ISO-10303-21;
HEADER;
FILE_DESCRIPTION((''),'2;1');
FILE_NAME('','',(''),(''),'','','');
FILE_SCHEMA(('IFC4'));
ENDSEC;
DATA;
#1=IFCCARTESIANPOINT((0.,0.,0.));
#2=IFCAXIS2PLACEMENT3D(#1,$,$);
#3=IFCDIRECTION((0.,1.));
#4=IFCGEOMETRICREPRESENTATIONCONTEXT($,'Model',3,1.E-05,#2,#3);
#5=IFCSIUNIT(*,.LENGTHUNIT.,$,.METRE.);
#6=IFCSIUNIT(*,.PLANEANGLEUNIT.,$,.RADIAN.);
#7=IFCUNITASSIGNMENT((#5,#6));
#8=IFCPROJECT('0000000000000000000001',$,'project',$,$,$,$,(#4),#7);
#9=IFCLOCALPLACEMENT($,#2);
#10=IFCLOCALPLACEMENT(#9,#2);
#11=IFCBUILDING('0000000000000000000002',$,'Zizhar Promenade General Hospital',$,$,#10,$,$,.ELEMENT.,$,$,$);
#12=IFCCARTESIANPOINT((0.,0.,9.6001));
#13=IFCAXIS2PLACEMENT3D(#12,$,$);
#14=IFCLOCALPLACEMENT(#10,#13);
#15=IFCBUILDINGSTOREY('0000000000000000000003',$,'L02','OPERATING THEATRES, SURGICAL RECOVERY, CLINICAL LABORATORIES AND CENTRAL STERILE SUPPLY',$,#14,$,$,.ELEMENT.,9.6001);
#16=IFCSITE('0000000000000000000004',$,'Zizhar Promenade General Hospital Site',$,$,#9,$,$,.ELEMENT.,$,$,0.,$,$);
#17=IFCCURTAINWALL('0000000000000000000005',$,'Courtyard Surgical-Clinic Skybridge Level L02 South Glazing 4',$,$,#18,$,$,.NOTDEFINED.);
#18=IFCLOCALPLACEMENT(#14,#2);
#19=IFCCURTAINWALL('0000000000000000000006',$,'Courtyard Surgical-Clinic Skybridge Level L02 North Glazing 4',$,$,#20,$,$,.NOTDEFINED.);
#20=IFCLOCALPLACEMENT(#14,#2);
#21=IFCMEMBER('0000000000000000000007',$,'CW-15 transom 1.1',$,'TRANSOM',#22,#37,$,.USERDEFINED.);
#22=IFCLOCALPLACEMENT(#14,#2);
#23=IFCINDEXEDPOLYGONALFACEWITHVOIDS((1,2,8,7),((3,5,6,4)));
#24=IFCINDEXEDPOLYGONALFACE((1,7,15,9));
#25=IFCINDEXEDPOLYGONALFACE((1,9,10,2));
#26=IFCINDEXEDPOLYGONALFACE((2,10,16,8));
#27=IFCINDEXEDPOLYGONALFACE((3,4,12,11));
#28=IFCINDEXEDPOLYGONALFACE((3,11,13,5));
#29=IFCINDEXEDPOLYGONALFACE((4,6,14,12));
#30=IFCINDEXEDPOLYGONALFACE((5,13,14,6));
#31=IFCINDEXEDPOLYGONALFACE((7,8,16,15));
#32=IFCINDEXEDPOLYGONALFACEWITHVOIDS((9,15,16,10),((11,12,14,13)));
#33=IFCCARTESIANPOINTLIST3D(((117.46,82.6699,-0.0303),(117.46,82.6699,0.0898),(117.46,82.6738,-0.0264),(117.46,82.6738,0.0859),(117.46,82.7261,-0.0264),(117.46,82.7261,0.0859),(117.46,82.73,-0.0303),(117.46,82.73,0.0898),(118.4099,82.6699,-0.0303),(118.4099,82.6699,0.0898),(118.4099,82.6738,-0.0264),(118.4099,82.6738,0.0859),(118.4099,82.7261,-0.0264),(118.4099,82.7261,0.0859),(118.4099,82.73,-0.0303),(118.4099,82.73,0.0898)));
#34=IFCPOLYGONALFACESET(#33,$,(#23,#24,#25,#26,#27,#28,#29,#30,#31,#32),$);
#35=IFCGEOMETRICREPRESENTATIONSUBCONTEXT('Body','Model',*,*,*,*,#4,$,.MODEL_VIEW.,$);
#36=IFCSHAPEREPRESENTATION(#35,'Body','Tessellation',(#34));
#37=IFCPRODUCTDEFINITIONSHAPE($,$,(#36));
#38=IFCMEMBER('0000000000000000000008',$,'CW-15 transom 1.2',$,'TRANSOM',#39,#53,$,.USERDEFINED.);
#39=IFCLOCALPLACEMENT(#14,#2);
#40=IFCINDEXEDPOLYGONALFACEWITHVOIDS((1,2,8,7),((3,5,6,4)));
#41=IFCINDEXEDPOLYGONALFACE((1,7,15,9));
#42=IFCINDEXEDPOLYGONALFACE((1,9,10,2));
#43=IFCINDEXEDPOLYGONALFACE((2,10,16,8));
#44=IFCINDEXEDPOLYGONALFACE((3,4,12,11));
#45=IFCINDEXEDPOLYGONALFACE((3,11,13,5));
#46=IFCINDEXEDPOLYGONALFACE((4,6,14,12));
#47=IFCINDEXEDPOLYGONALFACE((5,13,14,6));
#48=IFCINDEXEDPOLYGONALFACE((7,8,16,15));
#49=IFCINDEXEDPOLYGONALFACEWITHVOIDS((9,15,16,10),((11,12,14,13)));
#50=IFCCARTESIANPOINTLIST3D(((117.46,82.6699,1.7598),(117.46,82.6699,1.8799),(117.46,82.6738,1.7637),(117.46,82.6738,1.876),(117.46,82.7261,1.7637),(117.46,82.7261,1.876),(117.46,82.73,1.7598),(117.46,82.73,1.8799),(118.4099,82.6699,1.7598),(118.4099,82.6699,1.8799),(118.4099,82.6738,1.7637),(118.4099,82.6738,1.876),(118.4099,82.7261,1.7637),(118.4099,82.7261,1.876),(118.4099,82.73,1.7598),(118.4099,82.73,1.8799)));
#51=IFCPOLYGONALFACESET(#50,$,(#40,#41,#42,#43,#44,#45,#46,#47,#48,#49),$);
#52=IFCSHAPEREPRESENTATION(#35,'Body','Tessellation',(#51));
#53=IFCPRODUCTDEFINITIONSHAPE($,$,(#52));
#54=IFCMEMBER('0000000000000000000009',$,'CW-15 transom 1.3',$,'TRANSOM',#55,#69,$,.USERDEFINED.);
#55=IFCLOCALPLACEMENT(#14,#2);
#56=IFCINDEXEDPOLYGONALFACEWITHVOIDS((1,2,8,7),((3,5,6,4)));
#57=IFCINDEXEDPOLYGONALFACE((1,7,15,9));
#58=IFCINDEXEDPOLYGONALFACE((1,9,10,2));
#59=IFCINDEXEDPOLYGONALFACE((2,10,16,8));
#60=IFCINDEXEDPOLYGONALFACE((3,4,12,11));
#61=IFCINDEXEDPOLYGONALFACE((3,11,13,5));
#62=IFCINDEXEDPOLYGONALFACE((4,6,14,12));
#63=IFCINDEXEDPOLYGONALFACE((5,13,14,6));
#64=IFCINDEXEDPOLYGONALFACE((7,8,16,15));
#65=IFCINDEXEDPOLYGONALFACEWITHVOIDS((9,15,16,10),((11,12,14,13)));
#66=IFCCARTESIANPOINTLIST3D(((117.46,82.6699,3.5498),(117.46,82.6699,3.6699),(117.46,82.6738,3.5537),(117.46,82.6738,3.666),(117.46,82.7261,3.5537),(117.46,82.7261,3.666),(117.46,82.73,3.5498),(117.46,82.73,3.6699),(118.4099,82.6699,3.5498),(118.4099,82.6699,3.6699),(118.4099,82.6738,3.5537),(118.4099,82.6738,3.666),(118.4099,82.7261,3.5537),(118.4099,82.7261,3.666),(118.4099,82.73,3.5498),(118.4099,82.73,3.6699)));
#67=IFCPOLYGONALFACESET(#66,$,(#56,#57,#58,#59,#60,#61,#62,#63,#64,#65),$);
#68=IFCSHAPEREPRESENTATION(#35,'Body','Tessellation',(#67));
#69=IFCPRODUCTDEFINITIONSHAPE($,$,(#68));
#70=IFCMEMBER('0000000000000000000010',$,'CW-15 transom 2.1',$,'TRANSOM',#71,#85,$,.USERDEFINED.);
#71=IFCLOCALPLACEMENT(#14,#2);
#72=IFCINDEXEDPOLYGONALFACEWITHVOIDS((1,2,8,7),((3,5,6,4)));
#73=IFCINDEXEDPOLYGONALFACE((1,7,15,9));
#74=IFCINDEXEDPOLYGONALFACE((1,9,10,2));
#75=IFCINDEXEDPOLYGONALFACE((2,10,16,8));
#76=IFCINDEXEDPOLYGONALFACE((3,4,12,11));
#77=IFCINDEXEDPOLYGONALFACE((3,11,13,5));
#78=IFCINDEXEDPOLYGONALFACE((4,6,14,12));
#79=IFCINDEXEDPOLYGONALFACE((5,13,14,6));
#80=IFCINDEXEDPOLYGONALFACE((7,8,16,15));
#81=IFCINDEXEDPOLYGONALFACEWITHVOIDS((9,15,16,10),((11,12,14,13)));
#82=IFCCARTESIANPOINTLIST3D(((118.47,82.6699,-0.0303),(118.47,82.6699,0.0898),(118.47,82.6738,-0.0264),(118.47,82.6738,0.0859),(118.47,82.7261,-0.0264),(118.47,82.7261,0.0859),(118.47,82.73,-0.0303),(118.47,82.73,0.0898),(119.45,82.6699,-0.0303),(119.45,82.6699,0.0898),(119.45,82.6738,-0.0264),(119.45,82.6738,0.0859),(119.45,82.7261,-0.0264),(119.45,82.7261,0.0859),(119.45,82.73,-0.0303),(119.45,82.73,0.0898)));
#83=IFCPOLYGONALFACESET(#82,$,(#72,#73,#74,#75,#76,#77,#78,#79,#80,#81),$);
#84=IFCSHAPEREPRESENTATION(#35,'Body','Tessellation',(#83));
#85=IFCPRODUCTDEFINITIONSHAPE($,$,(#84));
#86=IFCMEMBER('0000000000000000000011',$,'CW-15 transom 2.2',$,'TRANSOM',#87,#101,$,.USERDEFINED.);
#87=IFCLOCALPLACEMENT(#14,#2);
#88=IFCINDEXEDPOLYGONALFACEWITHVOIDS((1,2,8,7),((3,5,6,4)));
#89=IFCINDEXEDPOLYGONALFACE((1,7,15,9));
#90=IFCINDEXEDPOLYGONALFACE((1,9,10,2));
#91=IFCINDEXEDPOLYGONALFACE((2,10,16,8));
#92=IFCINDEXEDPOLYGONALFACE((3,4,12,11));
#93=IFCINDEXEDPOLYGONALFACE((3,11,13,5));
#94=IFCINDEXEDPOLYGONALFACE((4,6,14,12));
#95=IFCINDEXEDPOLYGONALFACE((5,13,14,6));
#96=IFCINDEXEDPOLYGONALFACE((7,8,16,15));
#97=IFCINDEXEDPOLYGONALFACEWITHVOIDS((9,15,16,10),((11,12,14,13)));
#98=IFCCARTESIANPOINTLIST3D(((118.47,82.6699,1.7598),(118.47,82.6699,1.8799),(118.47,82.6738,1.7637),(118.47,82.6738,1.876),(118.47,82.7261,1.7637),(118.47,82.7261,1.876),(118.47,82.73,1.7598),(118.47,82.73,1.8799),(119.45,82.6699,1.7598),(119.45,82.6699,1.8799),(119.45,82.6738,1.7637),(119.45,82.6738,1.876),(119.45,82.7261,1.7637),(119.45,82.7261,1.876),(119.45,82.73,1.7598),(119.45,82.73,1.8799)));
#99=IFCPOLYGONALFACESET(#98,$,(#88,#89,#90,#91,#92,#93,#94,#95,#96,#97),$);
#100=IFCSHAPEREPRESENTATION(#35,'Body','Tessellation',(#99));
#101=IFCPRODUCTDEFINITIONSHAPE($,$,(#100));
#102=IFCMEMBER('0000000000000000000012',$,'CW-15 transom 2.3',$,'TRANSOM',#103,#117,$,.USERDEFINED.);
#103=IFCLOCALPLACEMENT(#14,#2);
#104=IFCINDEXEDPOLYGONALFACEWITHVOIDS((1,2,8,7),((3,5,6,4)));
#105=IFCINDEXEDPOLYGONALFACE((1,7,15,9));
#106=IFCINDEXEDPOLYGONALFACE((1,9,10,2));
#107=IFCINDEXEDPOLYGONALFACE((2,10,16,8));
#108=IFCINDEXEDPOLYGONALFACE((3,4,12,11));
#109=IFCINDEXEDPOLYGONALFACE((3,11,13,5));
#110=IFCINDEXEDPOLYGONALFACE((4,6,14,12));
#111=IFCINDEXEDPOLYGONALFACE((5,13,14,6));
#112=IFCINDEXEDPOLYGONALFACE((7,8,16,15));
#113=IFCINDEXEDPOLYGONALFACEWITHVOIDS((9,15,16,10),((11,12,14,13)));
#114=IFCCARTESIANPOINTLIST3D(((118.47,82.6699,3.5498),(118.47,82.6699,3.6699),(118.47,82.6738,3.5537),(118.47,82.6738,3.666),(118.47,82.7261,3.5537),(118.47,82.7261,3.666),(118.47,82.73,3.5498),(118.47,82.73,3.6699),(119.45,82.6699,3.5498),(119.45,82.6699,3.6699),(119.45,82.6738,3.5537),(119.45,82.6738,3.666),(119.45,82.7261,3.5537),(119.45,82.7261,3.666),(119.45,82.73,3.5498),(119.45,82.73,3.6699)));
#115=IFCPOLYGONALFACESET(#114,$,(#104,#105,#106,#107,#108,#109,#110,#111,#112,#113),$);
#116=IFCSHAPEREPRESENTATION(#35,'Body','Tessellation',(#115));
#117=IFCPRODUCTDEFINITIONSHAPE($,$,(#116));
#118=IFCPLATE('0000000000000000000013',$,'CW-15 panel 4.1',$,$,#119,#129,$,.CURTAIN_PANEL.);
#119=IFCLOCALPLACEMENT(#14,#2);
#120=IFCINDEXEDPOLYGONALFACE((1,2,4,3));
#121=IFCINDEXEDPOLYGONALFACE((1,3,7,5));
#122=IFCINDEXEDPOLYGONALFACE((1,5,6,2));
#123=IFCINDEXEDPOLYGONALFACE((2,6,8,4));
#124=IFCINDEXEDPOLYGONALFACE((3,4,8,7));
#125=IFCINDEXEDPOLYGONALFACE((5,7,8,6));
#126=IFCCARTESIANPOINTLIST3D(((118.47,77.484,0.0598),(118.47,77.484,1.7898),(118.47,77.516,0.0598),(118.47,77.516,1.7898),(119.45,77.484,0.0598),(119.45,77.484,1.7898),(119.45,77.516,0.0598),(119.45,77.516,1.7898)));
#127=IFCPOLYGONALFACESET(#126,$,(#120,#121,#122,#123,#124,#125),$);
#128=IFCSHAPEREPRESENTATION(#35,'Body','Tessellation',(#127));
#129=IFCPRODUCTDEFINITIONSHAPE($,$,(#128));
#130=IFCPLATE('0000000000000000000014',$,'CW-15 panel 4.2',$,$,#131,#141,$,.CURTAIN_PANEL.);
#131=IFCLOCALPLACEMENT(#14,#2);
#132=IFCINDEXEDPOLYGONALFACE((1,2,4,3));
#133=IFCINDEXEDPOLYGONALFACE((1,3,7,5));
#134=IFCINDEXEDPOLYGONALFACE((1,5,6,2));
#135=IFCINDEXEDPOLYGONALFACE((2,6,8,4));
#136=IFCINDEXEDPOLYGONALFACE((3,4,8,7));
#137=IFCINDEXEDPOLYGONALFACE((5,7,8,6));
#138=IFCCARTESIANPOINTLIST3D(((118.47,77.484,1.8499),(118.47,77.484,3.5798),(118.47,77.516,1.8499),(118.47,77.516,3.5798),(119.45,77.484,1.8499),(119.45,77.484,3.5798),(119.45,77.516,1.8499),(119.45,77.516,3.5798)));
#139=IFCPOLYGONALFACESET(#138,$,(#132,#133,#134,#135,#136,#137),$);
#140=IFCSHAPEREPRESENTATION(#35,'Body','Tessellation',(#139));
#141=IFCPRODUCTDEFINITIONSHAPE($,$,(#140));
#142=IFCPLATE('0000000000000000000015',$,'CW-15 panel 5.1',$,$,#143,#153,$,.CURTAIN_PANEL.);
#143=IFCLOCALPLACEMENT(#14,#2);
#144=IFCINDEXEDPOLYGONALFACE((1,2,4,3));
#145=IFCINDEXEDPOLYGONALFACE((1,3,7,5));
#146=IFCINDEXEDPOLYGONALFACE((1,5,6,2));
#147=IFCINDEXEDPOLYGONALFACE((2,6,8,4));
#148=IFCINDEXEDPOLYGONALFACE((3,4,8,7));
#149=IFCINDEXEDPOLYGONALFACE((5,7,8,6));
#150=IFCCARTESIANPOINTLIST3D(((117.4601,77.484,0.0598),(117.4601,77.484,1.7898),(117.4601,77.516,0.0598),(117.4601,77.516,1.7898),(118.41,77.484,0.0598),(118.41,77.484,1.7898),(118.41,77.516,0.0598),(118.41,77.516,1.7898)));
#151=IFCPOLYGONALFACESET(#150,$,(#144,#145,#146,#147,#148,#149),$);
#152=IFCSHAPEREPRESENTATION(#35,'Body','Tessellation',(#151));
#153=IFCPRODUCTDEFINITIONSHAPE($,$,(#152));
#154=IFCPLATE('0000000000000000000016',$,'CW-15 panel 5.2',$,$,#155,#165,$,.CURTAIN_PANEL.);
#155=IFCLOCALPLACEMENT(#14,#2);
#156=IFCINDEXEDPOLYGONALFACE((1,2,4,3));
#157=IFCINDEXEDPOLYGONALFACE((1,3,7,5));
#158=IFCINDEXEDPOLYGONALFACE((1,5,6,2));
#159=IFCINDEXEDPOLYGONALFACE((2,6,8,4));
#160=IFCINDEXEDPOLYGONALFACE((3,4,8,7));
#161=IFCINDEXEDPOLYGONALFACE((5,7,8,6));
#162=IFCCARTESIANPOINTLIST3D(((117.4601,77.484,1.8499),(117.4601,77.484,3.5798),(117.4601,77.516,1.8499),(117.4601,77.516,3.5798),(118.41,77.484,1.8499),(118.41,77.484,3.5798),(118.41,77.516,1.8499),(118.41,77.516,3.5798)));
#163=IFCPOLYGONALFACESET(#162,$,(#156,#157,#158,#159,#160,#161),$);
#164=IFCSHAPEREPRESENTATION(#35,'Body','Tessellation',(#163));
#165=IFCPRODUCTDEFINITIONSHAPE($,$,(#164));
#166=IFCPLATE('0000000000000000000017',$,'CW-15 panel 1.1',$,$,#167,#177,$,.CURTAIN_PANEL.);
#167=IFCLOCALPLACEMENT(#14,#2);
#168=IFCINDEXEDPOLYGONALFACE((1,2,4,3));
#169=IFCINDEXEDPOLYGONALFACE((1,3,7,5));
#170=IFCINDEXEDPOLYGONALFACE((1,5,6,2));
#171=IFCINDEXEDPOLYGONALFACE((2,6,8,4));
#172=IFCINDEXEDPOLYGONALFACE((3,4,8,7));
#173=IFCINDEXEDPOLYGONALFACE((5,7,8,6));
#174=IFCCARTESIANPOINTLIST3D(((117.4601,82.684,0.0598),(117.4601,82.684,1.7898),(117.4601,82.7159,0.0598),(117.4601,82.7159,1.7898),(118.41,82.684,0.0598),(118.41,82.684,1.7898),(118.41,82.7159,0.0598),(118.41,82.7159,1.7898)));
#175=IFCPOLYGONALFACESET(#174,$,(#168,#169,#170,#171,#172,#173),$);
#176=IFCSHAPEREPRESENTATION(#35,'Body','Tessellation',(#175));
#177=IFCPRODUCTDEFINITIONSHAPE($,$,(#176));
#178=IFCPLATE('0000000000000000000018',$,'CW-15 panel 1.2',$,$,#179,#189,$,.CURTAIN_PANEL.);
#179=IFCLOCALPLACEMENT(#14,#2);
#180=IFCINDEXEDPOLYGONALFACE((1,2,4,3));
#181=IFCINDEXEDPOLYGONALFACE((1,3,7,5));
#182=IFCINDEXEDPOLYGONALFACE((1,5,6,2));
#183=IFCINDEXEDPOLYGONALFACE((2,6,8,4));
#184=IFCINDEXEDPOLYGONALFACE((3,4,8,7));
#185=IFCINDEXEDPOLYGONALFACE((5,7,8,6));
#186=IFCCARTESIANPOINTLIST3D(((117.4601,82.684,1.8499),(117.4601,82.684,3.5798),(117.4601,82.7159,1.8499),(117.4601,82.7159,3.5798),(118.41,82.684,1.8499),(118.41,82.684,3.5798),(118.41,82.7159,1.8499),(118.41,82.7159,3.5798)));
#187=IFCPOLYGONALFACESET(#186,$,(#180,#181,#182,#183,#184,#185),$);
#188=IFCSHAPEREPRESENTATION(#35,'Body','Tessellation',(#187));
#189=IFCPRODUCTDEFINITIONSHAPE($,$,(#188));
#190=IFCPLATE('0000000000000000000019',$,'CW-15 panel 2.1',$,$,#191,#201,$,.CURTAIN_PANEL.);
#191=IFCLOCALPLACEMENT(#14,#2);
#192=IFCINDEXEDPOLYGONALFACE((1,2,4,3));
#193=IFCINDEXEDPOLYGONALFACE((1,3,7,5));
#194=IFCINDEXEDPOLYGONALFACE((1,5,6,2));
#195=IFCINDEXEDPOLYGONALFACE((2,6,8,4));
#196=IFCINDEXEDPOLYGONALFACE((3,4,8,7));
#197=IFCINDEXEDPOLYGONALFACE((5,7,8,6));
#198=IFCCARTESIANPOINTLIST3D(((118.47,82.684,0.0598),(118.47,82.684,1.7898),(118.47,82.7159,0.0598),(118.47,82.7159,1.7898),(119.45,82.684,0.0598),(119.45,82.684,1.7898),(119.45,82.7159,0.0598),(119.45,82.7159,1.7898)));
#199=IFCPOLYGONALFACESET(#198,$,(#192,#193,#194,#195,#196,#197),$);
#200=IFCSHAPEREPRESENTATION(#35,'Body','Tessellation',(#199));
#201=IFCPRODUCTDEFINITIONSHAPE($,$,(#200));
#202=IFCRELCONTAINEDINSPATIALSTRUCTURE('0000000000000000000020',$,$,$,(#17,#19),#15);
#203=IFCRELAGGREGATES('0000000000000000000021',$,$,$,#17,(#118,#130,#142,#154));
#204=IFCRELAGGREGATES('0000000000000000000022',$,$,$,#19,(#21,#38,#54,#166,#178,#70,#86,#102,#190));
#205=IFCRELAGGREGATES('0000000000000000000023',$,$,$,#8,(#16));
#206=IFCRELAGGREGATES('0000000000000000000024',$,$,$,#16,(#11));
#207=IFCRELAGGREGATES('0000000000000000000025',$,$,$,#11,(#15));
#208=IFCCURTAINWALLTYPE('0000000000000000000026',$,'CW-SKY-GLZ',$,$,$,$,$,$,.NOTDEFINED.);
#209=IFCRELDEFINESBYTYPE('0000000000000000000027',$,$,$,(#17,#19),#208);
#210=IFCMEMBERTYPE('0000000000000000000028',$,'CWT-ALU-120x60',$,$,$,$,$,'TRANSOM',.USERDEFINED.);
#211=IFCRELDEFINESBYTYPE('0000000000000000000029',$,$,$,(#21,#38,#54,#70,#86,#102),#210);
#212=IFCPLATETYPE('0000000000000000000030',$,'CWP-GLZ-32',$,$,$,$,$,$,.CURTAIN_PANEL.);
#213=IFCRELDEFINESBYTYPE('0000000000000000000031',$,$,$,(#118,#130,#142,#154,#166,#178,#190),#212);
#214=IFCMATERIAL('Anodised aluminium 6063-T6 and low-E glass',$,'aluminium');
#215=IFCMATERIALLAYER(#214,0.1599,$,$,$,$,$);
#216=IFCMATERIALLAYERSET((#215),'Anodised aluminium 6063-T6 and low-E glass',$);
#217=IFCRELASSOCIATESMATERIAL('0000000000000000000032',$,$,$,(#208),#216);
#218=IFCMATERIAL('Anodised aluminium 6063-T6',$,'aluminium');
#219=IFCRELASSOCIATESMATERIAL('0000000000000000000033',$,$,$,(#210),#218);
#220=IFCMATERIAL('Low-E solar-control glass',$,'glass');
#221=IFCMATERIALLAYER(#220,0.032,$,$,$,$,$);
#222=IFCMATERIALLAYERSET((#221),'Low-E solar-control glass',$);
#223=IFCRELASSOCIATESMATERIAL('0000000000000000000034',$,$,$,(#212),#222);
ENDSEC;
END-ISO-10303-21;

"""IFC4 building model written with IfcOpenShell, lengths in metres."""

from ifc_helpers import new_model, si_unit, direction, frame, origin, origin_2d, place, context, subcontext, project, spatial, rectangle, hollow_rectangle, extrude, material, layer, layer_set, material_profile, profile_set, type_object, element, aggregate, save


model = new_model("IFC4")

# Units and contexts
model_context = context("Model", 3, precision=1e-05, world=origin(), true_north=direction((0.0, 1.0)))
body_context = subcontext(model_context, "Body", "Model", "MODEL_VIEW")
ifc_project = project(units=[si_unit("LENGTHUNIT", "METRE"), si_unit("PLANEANGLEUNIT", "RADIAN")], contexts=[model_context])

# Site, building, storey
site_placement = place(None, origin())
site = spatial("IfcSite", under=ifc_project, at=site_placement, Name="Zizhar Promenade General Hospital Site", CompositionType="ELEMENT", RefElevation=0.0)
building_placement = place(site_placement, origin())
building = spatial("IfcBuilding", under=site, at=building_placement, Name="Zizhar Promenade General Hospital", CompositionType="ELEMENT")
storey_placement = place(building_placement, frame((0.0, 0.0, 9.6001)))
storey = spatial("IfcBuildingStorey", under=building, at=storey_placement, Name="L02", Description="OPERATING THEATRES, SURGICAL RECOVERY, CLINICAL LABORATORIES AND CENTRAL STERILE SUPPLY", CompositionType="ELEMENT", Elevation=9.6001)

# Curtain walls
ifc_material_1 = material(Name="Anodised aluminium 6063-T6 and low-E glass", Category="aluminium")
ifc_layer_1 = layer(ifc_material_1, 0.1599)
ifc_layer_set_1 = layer_set([ifc_layer_1], Name="Anodised aluminium 6063-T6 and low-E glass")
curtain_wall_type = type_object("IfcCurtainWallType", Name="CW-SKY-GLZ", PredefinedType="NOTDEFINED", material=ifc_layer_set_1)
curtain_wall_1_placement = place(storey_placement, origin())
curtain_wall_1 = element("IfcCurtainWall", 1, at=curtain_wall_1_placement, inside=storey, type_object=curtain_wall_type, Name="Courtyard Surgical-Clinic Skybridge Level L02 South Glazing 4", PredefinedType="NOTDEFINED")
curtain_wall_2_placement = place(storey_placement, origin())
curtain_wall_2 = element("IfcCurtainWall", 2, at=curtain_wall_2_placement, inside=storey, type_object=curtain_wall_type, Name="Courtyard Surgical-Clinic Skybridge Level L02 North Glazing 4", PredefinedType="NOTDEFINED")

# Members
ifc_material_2 = material(Name="Anodised aluminium 6063-T6", Category="aluminium")
ifc_material_profile_1 = material_profile(ifc_material_2, hollow_rectangle(XDim=0.0601, YDim=0.1201, WallThickness=0.0039, at=origin_2d()))
ifc_profile_set_1 = profile_set([ifc_material_profile_1], Name="Anodised aluminium 6063-T6")
member_type_1 = type_object("IfcMemberType", Name="CWT-ALU-120x60", ElementType="TRANSOM", PredefinedType="USERDEFINED", material=ifc_profile_set_1)
member_1_placement = place(storey_placement, frame((117.46, 82.7, 0.0298), z_axis=(1.0, 0.0, 0.0), x_axis=(0.0, 1.0, 0.0)))
member_1 = element("IfcMember", 3, at=member_1_placement, type_object=member_type_1, Name="CW-15 transom 1.1", ObjectType="TRANSOM", PredefinedType="USERDEFINED", context=body_context, shape_type="SweptSolid", body=[
    extrude(hollow_rectangle(XDim=0.0601, YDim=0.1201, WallThickness=0.0039, at=origin_2d()), origin(), (0.0, 0.0, 1.0), 0.95),
])
member_2_placement = place(storey_placement, frame((117.46, 82.7, 1.8198), z_axis=(1.0, 0.0, 0.0), x_axis=(0.0, 1.0, 0.0)))
member_2 = element("IfcMember", 4, at=member_2_placement, type_object=member_type_1, Name="CW-15 transom 1.2", ObjectType="TRANSOM", PredefinedType="USERDEFINED", context=body_context, shape_type="SweptSolid", body=[
    extrude(hollow_rectangle(XDim=0.0601, YDim=0.1201, WallThickness=0.0039, at=origin_2d()), origin(), (0.0, 0.0, 1.0), 0.95),
])
member_3_placement = place(storey_placement, frame((117.46, 82.7, 3.6099), z_axis=(1.0, 0.0, 0.0), x_axis=(0.0, 1.0, 0.0)))
member_3 = element("IfcMember", 5, at=member_3_placement, type_object=member_type_1, Name="CW-15 transom 1.3", ObjectType="TRANSOM", PredefinedType="USERDEFINED", context=body_context, shape_type="SweptSolid", body=[
    extrude(hollow_rectangle(XDim=0.0601, YDim=0.1201, WallThickness=0.0039, at=origin_2d()), origin(), (0.0, 0.0, 1.0), 0.95),
])
member_4_placement = place(storey_placement, frame((118.47, 82.7, 0.0298), z_axis=(1.0, 0.0, 0.0), x_axis=(0.0, 1.0, 0.0)))
member_4 = element("IfcMember", 6, at=member_4_placement, type_object=member_type_1, Name="CW-15 transom 2.1", ObjectType="TRANSOM", PredefinedType="USERDEFINED", context=body_context, shape_type="SweptSolid", body=[
    extrude(hollow_rectangle(XDim=0.0601, YDim=0.1201, WallThickness=0.0039, at=origin_2d()), origin(), (0.0, 0.0, 1.0), 0.98),
])
member_5_placement = place(storey_placement, frame((118.47, 82.7, 1.8198), z_axis=(1.0, 0.0, 0.0), x_axis=(0.0, 1.0, 0.0)))
member_5 = element("IfcMember", 7, at=member_5_placement, type_object=member_type_1, Name="CW-15 transom 2.2", ObjectType="TRANSOM", PredefinedType="USERDEFINED", context=body_context, shape_type="SweptSolid", body=[
    extrude(hollow_rectangle(XDim=0.0601, YDim=0.1201, WallThickness=0.0039, at=origin_2d()), origin(), (0.0, 0.0, 1.0), 0.98),
])
member_6_placement = place(storey_placement, frame((118.47, 82.7, 3.6099), z_axis=(1.0, 0.0, 0.0), x_axis=(0.0, 1.0, 0.0)))
member_6 = element("IfcMember", 8, at=member_6_placement, type_object=member_type_1, Name="CW-15 transom 2.3", ObjectType="TRANSOM", PredefinedType="USERDEFINED", context=body_context, shape_type="SweptSolid", body=[
    extrude(hollow_rectangle(XDim=0.0601, YDim=0.1201, WallThickness=0.0039, at=origin_2d()), origin(), (0.0, 0.0, 1.0), 0.98),
])

# Plates
ifc_material_3 = material(Name="Low-E solar-control glass", Category="glass")
ifc_layer_2 = layer(ifc_material_3, 0.032)
ifc_layer_set_2 = layer_set([ifc_layer_2], Name="Low-E solar-control glass")
plate_type = type_object("IfcPlateType", Name="CWP-GLZ-32", PredefinedType="CURTAIN_PANEL", material=ifc_layer_set_2)
plate_1_placement = place(storey_placement, frame((118.96, 77.5, 0.0598), z_axis=(0.0, 0.0, 1.0), x_axis=(-1.0, 0.0, 0.0)))
plate_1 = element("IfcPlate", 9, at=plate_1_placement, type_object=plate_type, Name="CW-15 panel 4.1", PredefinedType="CURTAIN_PANEL", context=body_context, shape_type="SweptSolid", body=[
    extrude(rectangle(XDim=0.98, YDim=0.032, at=origin_2d()), origin(), (0.0, 0.0, 1.0), 1.73),
])
plate_2_placement = place(storey_placement, frame((118.96, 77.5, 1.8499), z_axis=(0.0, 0.0, 1.0), x_axis=(-1.0, 0.0, 0.0)))
plate_2 = element("IfcPlate", 10, at=plate_2_placement, type_object=plate_type, Name="CW-15 panel 4.2", PredefinedType="CURTAIN_PANEL", context=body_context, shape_type="SweptSolid", body=[
    extrude(rectangle(XDim=0.98, YDim=0.032, at=origin_2d()), origin(), (0.0, 0.0, 1.0), 1.73),
])
plate_3_placement = place(storey_placement, frame((117.9351, 77.5, 0.0598), z_axis=(0.0, 0.0, 1.0), x_axis=(-1.0, 0.0, 0.0)))
plate_3 = element("IfcPlate", 11, at=plate_3_placement, type_object=plate_type, Name="CW-15 panel 5.1", PredefinedType="CURTAIN_PANEL", context=body_context, shape_type="SweptSolid", body=[
    extrude(rectangle(XDim=0.95, YDim=0.032, at=origin_2d()), origin(), (0.0, 0.0, 1.0), 1.73),
])
plate_4_placement = place(storey_placement, frame((117.9351, 77.5, 1.8499), z_axis=(0.0, 0.0, 1.0), x_axis=(-1.0, 0.0, 0.0)))
plate_4 = element("IfcPlate", 12, at=plate_4_placement, type_object=plate_type, Name="CW-15 panel 5.2", PredefinedType="CURTAIN_PANEL", context=body_context, shape_type="SweptSolid", body=[
    extrude(rectangle(XDim=0.95, YDim=0.032, at=origin_2d()), origin(), (0.0, 0.0, 1.0), 1.73),
])
aggregate(curtain_wall_1, [plate_1, plate_2, plate_3, plate_4])
plate_5_placement = place(storey_placement, frame((117.9351, 82.7, 0.0598), z_axis=(0.0, 0.0, 1.0), x_axis=(1.0, 0.0, 0.0)))
plate_5 = element("IfcPlate", 13, at=plate_5_placement, type_object=plate_type, Name="CW-15 panel 1.1", PredefinedType="CURTAIN_PANEL", context=body_context, shape_type="SweptSolid", body=[
    extrude(rectangle(XDim=0.95, YDim=0.032, at=origin_2d()), origin(), (0.0, 0.0, 1.0), 1.73),
])
plate_6_placement = place(storey_placement, frame((117.9351, 82.7, 1.8499), z_axis=(0.0, 0.0, 1.0), x_axis=(1.0, 0.0, 0.0)))
plate_6 = element("IfcPlate", 14, at=plate_6_placement, type_object=plate_type, Name="CW-15 panel 1.2", PredefinedType="CURTAIN_PANEL", context=body_context, shape_type="SweptSolid", body=[
    extrude(rectangle(XDim=0.95, YDim=0.032, at=origin_2d()), origin(), (0.0, 0.0, 1.0), 1.73),
])
plate_7_placement = place(storey_placement, frame((118.96, 82.7, 0.0598), z_axis=(0.0, 0.0, 1.0), x_axis=(1.0, 0.0, 0.0)))
plate_7 = element("IfcPlate", 15, at=plate_7_placement, type_object=plate_type, Name="CW-15 panel 2.1", PredefinedType="CURTAIN_PANEL", context=body_context, shape_type="SweptSolid", body=[
    extrude(rectangle(XDim=0.98, YDim=0.032, at=origin_2d()), origin(), (0.0, 0.0, 1.0), 1.73),
])
aggregate(curtain_wall_2, [member_1, member_2, member_3, plate_5, plate_6, member_4, member_5, member_6, plate_7])

save(model, "model.ifc")
